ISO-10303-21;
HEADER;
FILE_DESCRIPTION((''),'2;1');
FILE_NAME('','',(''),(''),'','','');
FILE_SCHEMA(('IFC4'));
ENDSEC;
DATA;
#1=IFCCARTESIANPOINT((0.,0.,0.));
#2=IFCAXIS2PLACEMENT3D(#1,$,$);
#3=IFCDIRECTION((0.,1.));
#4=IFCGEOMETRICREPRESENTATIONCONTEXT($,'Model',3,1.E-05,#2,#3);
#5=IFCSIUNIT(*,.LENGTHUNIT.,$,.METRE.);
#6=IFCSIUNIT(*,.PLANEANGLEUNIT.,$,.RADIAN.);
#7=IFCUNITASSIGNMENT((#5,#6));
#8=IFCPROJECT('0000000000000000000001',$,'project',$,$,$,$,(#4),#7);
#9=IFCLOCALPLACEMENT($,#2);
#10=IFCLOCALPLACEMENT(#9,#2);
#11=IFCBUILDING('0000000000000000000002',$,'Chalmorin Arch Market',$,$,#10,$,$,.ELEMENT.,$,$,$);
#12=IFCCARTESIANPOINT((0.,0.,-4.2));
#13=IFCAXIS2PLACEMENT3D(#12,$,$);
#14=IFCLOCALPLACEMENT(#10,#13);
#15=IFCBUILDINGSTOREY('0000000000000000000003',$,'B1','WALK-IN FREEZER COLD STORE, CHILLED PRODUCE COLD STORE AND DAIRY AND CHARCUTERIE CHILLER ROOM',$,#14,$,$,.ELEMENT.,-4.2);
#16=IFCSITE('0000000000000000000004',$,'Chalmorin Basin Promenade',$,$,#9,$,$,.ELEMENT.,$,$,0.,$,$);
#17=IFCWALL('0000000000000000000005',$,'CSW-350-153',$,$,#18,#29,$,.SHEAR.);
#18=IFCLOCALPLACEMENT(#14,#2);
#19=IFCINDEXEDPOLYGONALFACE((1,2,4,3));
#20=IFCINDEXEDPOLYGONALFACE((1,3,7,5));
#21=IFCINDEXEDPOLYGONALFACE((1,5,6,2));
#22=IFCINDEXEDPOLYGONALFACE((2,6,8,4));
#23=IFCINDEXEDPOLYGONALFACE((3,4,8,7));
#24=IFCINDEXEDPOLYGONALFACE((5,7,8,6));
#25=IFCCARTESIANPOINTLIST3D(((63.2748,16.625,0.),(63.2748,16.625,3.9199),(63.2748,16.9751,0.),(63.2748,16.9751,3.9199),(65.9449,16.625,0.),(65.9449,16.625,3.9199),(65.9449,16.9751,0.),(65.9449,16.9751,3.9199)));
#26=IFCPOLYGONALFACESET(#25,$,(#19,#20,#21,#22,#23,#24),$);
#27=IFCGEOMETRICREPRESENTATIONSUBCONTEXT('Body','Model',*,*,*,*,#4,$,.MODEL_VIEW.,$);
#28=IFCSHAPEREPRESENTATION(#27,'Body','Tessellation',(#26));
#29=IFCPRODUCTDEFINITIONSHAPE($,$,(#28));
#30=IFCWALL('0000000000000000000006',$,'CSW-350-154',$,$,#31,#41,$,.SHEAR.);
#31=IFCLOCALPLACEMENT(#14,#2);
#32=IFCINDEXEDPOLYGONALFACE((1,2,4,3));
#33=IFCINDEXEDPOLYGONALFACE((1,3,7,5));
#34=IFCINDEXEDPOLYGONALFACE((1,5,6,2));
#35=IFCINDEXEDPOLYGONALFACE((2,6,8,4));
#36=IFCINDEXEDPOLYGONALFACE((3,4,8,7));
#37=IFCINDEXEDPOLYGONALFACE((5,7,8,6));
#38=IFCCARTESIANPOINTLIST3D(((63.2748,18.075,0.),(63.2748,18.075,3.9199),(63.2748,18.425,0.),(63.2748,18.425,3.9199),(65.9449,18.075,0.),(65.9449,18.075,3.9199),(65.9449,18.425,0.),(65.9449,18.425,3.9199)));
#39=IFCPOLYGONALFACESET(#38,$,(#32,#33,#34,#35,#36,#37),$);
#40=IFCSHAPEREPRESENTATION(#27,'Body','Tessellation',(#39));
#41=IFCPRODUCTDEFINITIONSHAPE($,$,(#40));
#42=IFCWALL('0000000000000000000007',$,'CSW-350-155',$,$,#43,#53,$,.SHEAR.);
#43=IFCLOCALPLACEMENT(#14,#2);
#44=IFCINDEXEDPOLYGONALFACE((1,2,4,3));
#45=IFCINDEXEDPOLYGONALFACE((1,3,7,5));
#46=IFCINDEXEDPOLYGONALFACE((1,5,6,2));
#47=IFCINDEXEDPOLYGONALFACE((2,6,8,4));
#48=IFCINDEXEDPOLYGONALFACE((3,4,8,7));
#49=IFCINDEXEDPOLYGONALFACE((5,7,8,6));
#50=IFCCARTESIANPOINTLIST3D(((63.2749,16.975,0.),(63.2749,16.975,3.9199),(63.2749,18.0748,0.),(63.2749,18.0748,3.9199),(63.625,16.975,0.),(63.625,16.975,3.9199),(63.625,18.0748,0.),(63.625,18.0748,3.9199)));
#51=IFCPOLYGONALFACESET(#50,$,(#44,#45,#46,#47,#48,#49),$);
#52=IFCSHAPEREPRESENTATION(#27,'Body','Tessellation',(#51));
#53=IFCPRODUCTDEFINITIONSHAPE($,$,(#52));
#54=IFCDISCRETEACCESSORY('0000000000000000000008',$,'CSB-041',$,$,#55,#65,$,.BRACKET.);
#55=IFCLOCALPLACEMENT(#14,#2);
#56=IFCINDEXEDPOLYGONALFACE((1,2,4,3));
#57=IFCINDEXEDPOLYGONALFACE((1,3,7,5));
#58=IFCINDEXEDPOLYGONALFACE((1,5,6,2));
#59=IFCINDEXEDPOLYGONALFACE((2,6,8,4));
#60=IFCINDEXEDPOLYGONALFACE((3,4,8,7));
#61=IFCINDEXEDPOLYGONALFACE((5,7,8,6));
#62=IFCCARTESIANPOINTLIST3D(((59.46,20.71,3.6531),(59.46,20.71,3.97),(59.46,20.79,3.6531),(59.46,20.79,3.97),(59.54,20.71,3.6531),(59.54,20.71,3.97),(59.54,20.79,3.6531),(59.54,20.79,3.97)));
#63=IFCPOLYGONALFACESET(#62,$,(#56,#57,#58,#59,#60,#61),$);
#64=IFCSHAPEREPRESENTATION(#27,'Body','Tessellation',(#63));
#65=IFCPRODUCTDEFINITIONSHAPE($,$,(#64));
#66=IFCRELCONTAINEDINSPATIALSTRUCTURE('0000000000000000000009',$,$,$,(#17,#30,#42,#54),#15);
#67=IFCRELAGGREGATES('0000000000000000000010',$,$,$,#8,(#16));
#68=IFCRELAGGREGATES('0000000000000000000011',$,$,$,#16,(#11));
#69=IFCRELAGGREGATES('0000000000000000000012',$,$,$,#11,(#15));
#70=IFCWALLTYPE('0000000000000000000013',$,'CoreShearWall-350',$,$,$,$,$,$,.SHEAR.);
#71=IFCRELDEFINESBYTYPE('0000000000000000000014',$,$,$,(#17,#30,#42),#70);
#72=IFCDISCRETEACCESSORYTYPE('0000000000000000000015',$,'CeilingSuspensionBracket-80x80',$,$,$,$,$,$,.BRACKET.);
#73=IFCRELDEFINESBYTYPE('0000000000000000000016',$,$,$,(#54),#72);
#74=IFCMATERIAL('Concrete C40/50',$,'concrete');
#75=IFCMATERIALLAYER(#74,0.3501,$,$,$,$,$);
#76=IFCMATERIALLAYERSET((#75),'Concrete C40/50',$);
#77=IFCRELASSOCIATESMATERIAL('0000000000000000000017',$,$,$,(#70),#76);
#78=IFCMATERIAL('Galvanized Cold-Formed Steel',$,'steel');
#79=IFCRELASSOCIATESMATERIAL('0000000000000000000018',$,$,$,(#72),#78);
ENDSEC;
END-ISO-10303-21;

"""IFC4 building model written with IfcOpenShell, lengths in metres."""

from ifc_helpers import new_model, si_unit, direction, frame, frame_2d, origin, origin_2d, place, context, subcontext, project, spatial, rectangle, extrude, material, layer, layer_set, type_object, element, save


model = new_model("IFC4")

# Units and contexts
model_context = context("Model", 3, precision=1e-05, world=origin(), true_north=direction((0.0, 1.0)))
body_context = subcontext(model_context, "Body", "Model", "MODEL_VIEW")
ifc_project = project(units=[si_unit("LENGTHUNIT", "METRE"), si_unit("PLANEANGLEUNIT", "RADIAN")], contexts=[model_context])

# Site, building, storey
site_placement = place(None, origin())
site = spatial("IfcSite", under=ifc_project, at=site_placement, Name="Chalmorin Basin Promenade", CompositionType="ELEMENT", RefElevation=0.0)
building_placement = place(site_placement, origin())
building = spatial("IfcBuilding", under=site, at=building_placement, Name="Chalmorin Arch Market", CompositionType="ELEMENT")
storey_placement = place(building_placement, frame((0.0, 0.0, -4.2)))
storey = spatial("IfcBuildingStorey", under=building, at=storey_placement, Name="B1", Description="WALK-IN FREEZER COLD STORE, CHILLED PRODUCE COLD STORE AND DAIRY AND CHARCUTERIE CHILLER ROOM", CompositionType="ELEMENT", Elevation=-4.2)

# Shared definitions
ifc_material_1 = material(Name="Concrete C40/50", Category="concrete")

# Walls
ifc_layer_1 = layer(ifc_material_1, 0.3501)
ifc_layer_set_1 = layer_set([ifc_layer_1], Name="Concrete C40/50")
wall_type_1 = type_object("IfcWallType", Name="CoreShearWall-350", PredefinedType="SHEAR", material=ifc_layer_set_1)
for number, where, z_axis, x_axis, name in (
    (1, (63.2749, 16.8, 0.0), (0.0, 0.0, 1.0), (1.0, 0.0, 0.0), "CSW-350-153"),
    (2, (63.2749, 18.25, 0.0), (0.0, 0.0, 1.0), (1.0, 0.0, 0.0), "CSW-350-154"),
):
    element("IfcWall", number, at=place(storey_placement, frame(where, z_axis=z_axis, x_axis=x_axis)), inside=storey, type_object=wall_type_1, Name=name, PredefinedType="SHEAR", context=body_context, shape_type="SweptSolid", body=[
        extrude(rectangle(XDim=2.6702, YDim=0.3501, at=frame_2d((1.335, 0.0))), origin(), (0.0, 0.0, 1.0), 3.9199),
    ])
wall_1_placement = place(storey_placement, frame((63.45, 16.9751, 0.0), z_axis=(0.0, 0.0, 1.0), x_axis=(0.0, 1.0, 0.0)))
element("IfcWall", 3, at=wall_1_placement, inside=storey, type_object=wall_type_1, Name="CSW-350-155", PredefinedType="SHEAR", context=body_context, shape_type="SweptSolid", body=[
    extrude(rectangle(XDim=1.0999, YDim=0.3501, at=frame_2d((0.5498, 0.0))), origin(), (0.0, 0.0, 1.0), 3.9199),
])

# Discrete accessory
ifc_material_2 = material(Name="Galvanized Cold-Formed Steel", Category="steel")
discrete_accessory_type = type_object("IfcDiscreteAccessoryType", Name="CeilingSuspensionBracket-80x80", PredefinedType="BRACKET", material=ifc_material_2)
discrete_accessory_placement = place(storey_placement, frame((59.5, 20.75, 3.6531), z_axis=(0.0, 0.0, 1.0), x_axis=(1.0, 0.0, 0.0)))
element("IfcDiscreteAccessory", 4, at=discrete_accessory_placement, inside=storey, type_object=discrete_accessory_type, Name="CSB-041", PredefinedType="BRACKET", context=body_context, shape_type="SweptSolid", body=[
    extrude(rectangle(XDim=0.0801, YDim=0.0801, at=origin_2d()), origin(), (0.0, 0.0, 1.0), 0.3169),
])

save(model, "model.ifc")
